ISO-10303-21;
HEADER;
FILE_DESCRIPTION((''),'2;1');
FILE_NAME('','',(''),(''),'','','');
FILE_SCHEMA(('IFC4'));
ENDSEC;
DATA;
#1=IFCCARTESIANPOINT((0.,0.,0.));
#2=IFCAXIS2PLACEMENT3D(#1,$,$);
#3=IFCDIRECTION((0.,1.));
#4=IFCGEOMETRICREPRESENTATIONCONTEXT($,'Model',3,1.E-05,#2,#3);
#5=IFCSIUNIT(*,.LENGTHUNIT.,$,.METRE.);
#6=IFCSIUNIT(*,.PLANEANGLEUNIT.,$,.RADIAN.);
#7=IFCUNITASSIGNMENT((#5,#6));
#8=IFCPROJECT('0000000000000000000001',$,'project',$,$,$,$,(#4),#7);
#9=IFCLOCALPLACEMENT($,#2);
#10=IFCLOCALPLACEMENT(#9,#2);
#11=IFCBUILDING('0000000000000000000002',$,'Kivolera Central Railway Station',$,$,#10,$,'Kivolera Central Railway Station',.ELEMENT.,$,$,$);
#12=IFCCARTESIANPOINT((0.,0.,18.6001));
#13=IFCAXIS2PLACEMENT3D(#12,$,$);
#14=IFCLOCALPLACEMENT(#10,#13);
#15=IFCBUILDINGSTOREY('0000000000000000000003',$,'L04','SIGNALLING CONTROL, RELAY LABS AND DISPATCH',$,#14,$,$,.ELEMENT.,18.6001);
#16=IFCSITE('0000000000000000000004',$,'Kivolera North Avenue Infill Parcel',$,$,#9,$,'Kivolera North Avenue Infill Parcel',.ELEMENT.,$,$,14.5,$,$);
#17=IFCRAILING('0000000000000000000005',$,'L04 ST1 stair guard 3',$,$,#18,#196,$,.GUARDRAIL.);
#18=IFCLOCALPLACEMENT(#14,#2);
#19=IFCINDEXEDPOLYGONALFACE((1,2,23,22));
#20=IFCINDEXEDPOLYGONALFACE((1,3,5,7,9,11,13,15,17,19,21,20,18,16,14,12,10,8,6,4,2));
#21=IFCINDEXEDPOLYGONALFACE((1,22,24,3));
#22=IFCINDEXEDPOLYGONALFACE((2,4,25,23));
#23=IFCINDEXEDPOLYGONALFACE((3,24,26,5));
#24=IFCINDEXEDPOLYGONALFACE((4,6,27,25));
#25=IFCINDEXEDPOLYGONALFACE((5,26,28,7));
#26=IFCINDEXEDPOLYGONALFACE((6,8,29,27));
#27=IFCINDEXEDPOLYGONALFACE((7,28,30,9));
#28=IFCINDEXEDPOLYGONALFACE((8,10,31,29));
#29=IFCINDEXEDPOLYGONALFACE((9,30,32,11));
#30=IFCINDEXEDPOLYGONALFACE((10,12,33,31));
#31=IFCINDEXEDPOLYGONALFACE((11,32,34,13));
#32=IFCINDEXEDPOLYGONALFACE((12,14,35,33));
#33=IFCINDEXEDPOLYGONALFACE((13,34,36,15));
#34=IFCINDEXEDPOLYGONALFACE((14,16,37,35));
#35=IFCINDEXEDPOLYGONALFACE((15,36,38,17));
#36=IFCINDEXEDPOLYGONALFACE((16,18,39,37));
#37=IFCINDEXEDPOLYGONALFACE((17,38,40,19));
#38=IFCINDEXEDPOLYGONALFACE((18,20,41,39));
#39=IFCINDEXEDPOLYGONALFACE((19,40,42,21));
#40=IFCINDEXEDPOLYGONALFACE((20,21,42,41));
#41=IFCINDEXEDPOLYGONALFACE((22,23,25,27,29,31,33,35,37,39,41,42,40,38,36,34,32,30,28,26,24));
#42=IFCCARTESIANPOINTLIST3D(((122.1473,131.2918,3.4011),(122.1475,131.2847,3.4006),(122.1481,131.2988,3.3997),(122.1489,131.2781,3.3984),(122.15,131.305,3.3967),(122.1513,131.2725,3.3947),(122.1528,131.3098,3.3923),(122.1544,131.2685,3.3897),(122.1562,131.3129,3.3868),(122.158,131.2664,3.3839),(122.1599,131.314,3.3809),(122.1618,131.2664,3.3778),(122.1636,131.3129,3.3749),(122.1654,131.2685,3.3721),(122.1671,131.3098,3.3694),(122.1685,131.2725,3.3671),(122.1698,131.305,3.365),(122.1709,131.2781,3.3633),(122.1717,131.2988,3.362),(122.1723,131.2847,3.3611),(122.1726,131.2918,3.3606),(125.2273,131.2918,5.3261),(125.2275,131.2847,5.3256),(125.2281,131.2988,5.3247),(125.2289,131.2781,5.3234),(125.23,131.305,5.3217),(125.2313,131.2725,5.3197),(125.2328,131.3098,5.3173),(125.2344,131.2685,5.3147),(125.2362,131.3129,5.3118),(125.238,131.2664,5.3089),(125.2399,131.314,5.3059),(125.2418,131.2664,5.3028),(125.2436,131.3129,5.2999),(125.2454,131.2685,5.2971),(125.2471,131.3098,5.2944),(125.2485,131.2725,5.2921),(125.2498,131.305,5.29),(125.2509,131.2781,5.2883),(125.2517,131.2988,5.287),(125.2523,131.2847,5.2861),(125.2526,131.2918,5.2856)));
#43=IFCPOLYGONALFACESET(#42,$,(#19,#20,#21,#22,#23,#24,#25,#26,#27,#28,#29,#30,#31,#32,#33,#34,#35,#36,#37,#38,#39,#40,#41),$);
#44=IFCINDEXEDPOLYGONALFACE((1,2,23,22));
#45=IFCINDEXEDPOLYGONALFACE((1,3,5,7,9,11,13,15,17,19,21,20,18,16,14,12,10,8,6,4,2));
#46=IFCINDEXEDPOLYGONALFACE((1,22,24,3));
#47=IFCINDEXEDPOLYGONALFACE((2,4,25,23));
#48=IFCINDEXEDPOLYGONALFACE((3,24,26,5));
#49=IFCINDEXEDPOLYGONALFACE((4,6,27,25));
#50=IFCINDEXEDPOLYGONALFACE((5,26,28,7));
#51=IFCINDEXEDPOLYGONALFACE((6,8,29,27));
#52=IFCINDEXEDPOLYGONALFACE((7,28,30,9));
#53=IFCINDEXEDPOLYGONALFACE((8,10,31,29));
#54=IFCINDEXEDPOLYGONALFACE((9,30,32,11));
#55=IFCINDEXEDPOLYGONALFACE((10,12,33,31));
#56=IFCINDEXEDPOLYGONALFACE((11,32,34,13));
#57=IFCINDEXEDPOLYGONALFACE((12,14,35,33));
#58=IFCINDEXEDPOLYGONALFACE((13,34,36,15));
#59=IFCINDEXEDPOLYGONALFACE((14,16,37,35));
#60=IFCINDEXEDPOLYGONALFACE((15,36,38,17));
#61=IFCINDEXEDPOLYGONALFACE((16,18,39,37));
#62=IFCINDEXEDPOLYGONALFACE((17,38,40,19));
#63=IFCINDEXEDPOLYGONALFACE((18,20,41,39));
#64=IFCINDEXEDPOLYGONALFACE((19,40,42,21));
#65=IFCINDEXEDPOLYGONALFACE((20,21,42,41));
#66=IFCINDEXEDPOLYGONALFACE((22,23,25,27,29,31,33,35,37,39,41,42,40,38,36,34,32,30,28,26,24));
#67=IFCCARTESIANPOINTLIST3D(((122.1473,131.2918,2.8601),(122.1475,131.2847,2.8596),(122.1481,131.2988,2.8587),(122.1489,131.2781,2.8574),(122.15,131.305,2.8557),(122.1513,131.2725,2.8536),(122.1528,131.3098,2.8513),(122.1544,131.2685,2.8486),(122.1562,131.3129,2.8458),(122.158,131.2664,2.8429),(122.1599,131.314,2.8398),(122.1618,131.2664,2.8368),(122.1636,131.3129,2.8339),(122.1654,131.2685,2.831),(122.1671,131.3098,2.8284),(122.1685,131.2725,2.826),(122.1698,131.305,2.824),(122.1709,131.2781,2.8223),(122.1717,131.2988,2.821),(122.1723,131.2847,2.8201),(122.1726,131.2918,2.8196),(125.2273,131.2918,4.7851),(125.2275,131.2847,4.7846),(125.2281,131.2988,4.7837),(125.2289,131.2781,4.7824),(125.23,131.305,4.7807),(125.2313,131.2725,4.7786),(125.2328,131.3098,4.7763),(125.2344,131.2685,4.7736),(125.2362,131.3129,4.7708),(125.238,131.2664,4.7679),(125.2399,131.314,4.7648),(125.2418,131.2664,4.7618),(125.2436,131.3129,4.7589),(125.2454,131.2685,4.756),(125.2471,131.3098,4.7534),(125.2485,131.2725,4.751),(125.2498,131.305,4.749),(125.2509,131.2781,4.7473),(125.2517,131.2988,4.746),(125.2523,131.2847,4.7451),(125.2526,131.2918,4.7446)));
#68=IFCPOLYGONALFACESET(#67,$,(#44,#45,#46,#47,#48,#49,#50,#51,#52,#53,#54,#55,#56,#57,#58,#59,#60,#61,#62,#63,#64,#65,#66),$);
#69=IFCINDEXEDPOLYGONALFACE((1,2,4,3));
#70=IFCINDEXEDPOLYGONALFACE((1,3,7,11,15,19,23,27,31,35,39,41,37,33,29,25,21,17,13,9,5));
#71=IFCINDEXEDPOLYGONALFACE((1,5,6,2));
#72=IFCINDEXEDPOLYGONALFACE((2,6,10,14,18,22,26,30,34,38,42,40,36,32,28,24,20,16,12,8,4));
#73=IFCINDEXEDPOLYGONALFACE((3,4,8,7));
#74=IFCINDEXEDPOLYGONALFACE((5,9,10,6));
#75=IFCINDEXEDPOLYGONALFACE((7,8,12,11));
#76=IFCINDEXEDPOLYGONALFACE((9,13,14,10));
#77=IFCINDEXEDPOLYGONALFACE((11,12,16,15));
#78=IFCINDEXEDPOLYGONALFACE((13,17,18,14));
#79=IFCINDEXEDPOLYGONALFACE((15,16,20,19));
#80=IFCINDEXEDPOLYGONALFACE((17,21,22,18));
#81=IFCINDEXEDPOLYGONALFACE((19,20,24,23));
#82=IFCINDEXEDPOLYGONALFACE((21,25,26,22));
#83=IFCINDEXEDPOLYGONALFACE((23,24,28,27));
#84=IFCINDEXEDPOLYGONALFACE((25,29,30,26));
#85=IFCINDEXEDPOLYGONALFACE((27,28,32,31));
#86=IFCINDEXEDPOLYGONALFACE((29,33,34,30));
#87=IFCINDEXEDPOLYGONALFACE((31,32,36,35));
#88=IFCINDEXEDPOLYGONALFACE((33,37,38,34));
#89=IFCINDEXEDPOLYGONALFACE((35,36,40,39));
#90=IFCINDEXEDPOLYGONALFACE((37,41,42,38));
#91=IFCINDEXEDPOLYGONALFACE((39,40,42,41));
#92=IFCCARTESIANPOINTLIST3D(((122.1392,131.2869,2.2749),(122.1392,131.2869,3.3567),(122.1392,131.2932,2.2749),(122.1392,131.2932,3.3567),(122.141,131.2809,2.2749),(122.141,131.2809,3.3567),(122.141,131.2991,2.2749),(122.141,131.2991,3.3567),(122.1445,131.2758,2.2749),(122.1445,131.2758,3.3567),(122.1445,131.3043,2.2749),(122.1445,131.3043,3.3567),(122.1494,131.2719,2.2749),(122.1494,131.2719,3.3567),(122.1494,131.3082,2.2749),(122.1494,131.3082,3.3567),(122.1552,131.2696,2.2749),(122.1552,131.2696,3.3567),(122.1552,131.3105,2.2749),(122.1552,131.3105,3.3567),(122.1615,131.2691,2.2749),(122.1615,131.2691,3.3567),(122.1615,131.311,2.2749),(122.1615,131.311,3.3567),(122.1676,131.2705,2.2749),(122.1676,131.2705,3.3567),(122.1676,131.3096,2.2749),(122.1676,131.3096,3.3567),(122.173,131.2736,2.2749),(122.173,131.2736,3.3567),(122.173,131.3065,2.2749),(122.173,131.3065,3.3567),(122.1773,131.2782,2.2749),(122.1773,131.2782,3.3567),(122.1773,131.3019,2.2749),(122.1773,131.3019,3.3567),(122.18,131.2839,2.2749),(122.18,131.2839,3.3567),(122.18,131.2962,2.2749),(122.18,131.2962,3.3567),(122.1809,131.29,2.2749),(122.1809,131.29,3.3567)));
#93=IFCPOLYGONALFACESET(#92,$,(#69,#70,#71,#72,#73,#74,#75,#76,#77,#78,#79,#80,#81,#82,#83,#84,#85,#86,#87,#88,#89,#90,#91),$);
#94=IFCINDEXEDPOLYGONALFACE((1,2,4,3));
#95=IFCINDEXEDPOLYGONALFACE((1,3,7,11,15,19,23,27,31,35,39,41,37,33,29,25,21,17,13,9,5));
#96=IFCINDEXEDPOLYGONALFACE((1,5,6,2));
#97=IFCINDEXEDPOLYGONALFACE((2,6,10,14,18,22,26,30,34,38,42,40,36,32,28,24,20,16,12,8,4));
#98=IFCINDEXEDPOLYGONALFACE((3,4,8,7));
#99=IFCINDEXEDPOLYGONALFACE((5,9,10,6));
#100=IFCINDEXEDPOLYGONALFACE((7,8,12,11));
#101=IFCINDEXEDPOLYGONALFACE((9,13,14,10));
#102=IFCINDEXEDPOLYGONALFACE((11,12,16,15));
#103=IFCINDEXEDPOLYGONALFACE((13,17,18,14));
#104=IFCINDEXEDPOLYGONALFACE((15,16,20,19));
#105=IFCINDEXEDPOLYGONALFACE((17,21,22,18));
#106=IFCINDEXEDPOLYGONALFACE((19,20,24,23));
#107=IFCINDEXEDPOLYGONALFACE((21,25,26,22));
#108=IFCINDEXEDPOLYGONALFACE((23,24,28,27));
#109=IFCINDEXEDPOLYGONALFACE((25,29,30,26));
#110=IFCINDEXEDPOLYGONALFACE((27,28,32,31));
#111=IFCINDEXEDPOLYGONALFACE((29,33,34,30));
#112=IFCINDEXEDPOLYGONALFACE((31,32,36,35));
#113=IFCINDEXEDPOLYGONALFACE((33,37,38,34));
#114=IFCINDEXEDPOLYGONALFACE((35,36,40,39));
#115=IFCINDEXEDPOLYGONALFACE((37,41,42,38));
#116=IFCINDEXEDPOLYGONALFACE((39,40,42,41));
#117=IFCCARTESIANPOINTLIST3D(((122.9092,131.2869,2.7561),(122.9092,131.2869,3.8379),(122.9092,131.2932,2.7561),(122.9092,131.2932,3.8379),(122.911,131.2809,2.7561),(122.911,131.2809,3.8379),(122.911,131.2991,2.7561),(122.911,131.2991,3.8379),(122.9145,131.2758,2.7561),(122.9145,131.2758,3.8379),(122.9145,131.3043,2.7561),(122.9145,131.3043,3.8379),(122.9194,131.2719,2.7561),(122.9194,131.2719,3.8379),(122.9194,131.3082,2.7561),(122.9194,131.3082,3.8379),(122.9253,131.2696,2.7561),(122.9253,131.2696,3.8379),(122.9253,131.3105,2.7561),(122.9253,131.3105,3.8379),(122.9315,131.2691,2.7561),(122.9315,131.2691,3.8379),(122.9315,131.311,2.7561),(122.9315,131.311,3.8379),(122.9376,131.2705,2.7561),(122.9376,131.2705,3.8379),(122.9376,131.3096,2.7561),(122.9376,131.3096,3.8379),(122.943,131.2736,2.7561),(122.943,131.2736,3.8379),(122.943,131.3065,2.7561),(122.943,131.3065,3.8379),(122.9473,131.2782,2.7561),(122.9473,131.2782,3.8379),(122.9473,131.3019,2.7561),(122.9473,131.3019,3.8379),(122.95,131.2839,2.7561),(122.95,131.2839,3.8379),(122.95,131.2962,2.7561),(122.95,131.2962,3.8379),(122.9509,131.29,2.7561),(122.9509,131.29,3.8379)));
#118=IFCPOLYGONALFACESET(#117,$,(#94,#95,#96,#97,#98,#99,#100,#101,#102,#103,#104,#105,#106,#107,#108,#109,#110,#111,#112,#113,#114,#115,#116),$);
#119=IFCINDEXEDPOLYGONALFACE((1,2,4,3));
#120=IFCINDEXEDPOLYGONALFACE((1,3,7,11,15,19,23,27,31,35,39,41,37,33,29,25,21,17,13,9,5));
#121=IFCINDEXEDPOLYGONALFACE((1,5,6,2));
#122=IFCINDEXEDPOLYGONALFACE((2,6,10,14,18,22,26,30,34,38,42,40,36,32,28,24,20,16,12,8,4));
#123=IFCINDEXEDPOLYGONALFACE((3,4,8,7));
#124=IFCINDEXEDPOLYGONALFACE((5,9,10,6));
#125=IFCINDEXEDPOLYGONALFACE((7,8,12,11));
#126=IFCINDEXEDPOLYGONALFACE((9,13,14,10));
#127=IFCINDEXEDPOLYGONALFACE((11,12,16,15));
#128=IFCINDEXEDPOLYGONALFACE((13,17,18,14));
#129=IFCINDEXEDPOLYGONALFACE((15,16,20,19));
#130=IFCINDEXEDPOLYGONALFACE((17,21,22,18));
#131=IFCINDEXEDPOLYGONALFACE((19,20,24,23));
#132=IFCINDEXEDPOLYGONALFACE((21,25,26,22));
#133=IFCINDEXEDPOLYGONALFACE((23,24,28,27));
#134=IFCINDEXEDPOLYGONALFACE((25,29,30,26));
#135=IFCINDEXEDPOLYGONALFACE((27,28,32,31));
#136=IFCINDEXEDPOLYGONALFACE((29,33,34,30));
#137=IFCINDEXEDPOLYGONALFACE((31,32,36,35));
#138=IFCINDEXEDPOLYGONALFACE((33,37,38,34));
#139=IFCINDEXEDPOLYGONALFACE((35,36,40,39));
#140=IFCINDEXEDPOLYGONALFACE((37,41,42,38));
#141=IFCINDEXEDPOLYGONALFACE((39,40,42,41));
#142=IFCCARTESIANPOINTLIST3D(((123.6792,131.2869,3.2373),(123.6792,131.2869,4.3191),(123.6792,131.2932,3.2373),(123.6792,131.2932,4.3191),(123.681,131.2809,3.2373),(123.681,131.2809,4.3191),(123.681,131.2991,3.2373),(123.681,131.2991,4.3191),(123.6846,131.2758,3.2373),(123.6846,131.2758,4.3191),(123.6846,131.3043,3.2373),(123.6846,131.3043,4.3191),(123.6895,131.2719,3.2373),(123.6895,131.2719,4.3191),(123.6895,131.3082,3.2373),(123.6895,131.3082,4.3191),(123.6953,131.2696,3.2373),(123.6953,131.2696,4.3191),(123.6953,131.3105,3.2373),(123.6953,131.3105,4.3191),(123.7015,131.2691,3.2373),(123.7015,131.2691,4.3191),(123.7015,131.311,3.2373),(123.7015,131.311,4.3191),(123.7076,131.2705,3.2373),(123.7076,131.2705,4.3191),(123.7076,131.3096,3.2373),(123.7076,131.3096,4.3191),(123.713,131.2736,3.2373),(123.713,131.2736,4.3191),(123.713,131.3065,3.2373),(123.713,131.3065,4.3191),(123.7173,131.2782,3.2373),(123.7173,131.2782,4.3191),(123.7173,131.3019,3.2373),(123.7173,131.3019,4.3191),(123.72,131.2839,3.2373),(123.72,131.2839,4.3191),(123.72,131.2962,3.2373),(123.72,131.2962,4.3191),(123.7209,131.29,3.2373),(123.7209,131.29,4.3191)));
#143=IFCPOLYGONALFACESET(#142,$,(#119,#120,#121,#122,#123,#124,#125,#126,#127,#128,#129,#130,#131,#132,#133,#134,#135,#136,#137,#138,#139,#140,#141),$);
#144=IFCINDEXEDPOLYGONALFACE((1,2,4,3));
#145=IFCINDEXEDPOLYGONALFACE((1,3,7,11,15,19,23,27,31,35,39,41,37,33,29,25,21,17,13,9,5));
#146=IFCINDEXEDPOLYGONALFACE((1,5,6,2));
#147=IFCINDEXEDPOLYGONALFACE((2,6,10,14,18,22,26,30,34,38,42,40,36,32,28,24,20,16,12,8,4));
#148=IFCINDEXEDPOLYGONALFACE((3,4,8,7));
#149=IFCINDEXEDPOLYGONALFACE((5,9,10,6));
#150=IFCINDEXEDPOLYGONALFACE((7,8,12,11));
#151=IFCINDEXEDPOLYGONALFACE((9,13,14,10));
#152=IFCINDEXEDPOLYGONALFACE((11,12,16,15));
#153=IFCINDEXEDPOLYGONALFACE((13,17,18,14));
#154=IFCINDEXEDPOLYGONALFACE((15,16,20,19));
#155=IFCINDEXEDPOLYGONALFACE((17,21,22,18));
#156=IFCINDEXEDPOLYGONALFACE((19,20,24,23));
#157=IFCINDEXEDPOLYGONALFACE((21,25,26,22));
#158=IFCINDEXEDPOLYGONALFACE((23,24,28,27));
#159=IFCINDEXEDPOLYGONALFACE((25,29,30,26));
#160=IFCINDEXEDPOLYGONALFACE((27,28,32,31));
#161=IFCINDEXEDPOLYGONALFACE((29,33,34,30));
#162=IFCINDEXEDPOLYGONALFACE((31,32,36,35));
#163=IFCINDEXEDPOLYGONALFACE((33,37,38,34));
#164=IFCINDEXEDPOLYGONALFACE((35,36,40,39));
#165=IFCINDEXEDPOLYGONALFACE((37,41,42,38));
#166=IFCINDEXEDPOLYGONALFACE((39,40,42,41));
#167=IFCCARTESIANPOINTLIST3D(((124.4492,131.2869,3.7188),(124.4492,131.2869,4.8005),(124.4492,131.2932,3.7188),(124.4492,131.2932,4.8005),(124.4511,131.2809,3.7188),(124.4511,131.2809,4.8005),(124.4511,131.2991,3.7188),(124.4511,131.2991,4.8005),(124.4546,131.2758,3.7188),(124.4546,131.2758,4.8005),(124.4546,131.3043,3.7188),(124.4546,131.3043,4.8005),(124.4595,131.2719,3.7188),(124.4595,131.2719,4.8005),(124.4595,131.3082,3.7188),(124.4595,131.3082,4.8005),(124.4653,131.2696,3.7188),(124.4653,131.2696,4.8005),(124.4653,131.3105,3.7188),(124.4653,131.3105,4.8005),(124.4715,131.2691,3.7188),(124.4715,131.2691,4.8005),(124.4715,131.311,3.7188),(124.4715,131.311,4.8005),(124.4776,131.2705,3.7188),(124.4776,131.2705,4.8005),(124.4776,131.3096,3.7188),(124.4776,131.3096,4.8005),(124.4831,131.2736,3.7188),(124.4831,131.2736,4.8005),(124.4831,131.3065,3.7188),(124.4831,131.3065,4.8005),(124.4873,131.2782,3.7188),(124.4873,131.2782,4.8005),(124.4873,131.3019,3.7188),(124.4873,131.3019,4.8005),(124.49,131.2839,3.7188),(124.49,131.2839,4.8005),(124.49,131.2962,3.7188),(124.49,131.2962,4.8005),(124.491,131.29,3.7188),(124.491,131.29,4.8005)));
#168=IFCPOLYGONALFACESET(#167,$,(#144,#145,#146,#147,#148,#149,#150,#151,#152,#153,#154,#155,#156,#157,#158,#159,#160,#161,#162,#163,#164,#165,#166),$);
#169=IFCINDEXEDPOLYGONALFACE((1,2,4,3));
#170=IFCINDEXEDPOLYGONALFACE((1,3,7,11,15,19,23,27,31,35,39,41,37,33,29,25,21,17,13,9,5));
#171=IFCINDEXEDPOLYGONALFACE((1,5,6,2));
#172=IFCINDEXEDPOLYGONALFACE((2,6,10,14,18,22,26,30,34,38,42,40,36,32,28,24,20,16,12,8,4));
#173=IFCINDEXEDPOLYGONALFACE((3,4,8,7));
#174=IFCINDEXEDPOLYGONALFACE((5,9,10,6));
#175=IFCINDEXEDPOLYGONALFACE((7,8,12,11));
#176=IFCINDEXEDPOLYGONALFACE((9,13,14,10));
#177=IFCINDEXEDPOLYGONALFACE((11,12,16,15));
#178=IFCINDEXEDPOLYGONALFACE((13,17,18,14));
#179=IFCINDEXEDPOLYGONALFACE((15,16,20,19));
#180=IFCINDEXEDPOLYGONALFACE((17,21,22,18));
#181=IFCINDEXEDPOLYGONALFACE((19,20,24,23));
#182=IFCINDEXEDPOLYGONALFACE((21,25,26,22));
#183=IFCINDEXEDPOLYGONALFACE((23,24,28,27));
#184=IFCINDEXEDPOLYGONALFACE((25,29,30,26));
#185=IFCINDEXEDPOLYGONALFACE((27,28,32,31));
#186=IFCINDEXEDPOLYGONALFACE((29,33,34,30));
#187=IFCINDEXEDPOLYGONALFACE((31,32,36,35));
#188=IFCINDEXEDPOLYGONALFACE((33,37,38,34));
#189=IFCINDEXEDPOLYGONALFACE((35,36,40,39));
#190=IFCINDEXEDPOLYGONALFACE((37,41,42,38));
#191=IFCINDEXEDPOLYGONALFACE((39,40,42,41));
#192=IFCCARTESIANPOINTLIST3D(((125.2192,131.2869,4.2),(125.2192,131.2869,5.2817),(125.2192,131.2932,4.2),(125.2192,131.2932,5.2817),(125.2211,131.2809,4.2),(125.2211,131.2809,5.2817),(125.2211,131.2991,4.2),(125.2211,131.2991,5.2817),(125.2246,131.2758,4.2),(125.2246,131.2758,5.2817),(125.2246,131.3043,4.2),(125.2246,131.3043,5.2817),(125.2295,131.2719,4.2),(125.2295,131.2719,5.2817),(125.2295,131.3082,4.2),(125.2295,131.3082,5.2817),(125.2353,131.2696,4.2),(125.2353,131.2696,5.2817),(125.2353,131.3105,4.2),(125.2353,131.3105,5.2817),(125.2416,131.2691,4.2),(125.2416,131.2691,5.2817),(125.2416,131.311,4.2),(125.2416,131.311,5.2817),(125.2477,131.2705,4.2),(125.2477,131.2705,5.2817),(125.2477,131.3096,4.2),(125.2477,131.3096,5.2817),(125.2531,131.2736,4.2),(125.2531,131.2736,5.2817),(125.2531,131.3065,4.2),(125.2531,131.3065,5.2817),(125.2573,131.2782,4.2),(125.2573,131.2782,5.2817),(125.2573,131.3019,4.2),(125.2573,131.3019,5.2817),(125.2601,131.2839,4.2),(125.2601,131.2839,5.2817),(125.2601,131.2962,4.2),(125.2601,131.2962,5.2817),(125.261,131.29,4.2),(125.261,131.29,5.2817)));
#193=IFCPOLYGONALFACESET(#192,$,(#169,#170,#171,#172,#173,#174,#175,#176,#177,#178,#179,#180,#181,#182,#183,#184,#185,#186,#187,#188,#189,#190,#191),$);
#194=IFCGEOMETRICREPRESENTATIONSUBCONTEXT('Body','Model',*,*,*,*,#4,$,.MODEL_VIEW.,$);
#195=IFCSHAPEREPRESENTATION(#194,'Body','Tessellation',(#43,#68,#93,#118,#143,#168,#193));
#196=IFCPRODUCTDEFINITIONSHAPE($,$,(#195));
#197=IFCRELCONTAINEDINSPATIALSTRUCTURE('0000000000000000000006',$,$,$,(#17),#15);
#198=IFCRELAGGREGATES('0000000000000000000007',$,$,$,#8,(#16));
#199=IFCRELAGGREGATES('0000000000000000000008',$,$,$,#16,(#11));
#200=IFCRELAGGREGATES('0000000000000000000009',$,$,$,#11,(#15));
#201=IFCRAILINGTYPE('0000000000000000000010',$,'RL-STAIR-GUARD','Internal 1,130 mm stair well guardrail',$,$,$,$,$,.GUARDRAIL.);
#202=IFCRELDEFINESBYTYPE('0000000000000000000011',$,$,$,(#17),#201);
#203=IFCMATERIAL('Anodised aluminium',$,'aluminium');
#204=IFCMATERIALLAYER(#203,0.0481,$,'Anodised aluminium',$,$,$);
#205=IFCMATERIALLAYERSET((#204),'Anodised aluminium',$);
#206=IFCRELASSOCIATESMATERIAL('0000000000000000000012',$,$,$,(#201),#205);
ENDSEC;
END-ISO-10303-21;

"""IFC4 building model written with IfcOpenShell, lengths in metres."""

from ifc_helpers import new_model, si_unit, direction, frame, origin, origin_2d, place, context, subcontext, project, spatial, circle, extrude, material, layer, layer_set, type_object, element, save


model = new_model("IFC4")

# Units and contexts
model_context = context("Model", 3, precision=1e-05, world=origin(), true_north=direction((0.0, 1.0)))
body_context = subcontext(model_context, "Body", "Model", "MODEL_VIEW")
ifc_project = project(units=[si_unit("LENGTHUNIT", "METRE"), si_unit("PLANEANGLEUNIT", "RADIAN")], contexts=[model_context])

# Site, building, storey
site_placement = place(None, origin())
site = spatial("IfcSite", under=ifc_project, at=site_placement, Name="Kivolera North Avenue Infill Parcel", LongName="Kivolera North Avenue Infill Parcel", CompositionType="ELEMENT", RefElevation=14.5)
building_placement = place(site_placement, origin())
building = spatial("IfcBuilding", under=site, at=building_placement, Name="Kivolera Central Railway Station", LongName="Kivolera Central Railway Station", CompositionType="ELEMENT")
storey_placement = place(building_placement, frame((0.0, 0.0, 18.6001)))
storey = spatial("IfcBuildingStorey", under=building, at=storey_placement, Name="L04", Description="SIGNALLING CONTROL, RELAY LABS AND DISPATCH", CompositionType="ELEMENT", Elevation=18.6001)

# Shared definitions
ifc_material_1 = material(Name="Anodised aluminium", Category="aluminium")

# Railing
ifc_layer_1 = layer(ifc_material_1, 0.0481, Name="Anodised aluminium")
ifc_layer_set_1 = layer_set([ifc_layer_1], Name="Anodised aluminium")
railing_type_1 = type_object("IfcRailingType", Name="RL-STAIR-GUARD", Description="Internal 1,130 mm stair well guardrail", PredefinedType="GUARDRAIL", material=ifc_layer_set_1)
railing_1_placement = place(storey_placement, frame((122.1599, 131.29, 2.2749)))
element("IfcRailing", 1, at=railing_1_placement, inside=storey, type_object=railing_type_1, Name="L04 ST1 stair guard 3", PredefinedType="GUARDRAIL", context=body_context, shape_type="SweptSolid", body=[
    extrude(circle(Radius=0.0239, at=origin_2d()), frame((0.0, 0.0, 1.106), z_axis=(0.847998, 0.0, 0.529999), x_axis=(0.0, 1.0, 0.0)), (0.0, 0.0, 1.0), 3.6321),
    extrude(circle(Radius=0.0239, at=origin_2d()), frame((0.0, 0.0, 0.5649), z_axis=(0.847998, 0.0, 0.529999), x_axis=(0.0, 1.0, 0.0)), (0.0, 0.0, 1.0), 3.6321),
    extrude(circle(Radius=0.021, at=origin_2d()), origin(), (0.0, 0.0, 1.0), 1.0818),
    extrude(circle(Radius=0.021, at=origin_2d()), frame((0.77, 0.0, 0.4812)), (0.0, 0.0, 1.0), 1.0818),
    extrude(circle(Radius=0.021, at=origin_2d()), frame((1.54, 0.0, 0.9624)), (0.0, 0.0, 1.0), 1.0818),
    extrude(circle(Radius=0.021, at=origin_2d()), frame((2.3101, 0.0, 1.4438)), (0.0, 0.0, 1.0), 1.0818),
    extrude(circle(Radius=0.021, at=origin_2d()), frame((3.0801, 0.0, 1.925)), (0.0, 0.0, 1.0), 1.0818),
])

save(model, "model.ifc")
